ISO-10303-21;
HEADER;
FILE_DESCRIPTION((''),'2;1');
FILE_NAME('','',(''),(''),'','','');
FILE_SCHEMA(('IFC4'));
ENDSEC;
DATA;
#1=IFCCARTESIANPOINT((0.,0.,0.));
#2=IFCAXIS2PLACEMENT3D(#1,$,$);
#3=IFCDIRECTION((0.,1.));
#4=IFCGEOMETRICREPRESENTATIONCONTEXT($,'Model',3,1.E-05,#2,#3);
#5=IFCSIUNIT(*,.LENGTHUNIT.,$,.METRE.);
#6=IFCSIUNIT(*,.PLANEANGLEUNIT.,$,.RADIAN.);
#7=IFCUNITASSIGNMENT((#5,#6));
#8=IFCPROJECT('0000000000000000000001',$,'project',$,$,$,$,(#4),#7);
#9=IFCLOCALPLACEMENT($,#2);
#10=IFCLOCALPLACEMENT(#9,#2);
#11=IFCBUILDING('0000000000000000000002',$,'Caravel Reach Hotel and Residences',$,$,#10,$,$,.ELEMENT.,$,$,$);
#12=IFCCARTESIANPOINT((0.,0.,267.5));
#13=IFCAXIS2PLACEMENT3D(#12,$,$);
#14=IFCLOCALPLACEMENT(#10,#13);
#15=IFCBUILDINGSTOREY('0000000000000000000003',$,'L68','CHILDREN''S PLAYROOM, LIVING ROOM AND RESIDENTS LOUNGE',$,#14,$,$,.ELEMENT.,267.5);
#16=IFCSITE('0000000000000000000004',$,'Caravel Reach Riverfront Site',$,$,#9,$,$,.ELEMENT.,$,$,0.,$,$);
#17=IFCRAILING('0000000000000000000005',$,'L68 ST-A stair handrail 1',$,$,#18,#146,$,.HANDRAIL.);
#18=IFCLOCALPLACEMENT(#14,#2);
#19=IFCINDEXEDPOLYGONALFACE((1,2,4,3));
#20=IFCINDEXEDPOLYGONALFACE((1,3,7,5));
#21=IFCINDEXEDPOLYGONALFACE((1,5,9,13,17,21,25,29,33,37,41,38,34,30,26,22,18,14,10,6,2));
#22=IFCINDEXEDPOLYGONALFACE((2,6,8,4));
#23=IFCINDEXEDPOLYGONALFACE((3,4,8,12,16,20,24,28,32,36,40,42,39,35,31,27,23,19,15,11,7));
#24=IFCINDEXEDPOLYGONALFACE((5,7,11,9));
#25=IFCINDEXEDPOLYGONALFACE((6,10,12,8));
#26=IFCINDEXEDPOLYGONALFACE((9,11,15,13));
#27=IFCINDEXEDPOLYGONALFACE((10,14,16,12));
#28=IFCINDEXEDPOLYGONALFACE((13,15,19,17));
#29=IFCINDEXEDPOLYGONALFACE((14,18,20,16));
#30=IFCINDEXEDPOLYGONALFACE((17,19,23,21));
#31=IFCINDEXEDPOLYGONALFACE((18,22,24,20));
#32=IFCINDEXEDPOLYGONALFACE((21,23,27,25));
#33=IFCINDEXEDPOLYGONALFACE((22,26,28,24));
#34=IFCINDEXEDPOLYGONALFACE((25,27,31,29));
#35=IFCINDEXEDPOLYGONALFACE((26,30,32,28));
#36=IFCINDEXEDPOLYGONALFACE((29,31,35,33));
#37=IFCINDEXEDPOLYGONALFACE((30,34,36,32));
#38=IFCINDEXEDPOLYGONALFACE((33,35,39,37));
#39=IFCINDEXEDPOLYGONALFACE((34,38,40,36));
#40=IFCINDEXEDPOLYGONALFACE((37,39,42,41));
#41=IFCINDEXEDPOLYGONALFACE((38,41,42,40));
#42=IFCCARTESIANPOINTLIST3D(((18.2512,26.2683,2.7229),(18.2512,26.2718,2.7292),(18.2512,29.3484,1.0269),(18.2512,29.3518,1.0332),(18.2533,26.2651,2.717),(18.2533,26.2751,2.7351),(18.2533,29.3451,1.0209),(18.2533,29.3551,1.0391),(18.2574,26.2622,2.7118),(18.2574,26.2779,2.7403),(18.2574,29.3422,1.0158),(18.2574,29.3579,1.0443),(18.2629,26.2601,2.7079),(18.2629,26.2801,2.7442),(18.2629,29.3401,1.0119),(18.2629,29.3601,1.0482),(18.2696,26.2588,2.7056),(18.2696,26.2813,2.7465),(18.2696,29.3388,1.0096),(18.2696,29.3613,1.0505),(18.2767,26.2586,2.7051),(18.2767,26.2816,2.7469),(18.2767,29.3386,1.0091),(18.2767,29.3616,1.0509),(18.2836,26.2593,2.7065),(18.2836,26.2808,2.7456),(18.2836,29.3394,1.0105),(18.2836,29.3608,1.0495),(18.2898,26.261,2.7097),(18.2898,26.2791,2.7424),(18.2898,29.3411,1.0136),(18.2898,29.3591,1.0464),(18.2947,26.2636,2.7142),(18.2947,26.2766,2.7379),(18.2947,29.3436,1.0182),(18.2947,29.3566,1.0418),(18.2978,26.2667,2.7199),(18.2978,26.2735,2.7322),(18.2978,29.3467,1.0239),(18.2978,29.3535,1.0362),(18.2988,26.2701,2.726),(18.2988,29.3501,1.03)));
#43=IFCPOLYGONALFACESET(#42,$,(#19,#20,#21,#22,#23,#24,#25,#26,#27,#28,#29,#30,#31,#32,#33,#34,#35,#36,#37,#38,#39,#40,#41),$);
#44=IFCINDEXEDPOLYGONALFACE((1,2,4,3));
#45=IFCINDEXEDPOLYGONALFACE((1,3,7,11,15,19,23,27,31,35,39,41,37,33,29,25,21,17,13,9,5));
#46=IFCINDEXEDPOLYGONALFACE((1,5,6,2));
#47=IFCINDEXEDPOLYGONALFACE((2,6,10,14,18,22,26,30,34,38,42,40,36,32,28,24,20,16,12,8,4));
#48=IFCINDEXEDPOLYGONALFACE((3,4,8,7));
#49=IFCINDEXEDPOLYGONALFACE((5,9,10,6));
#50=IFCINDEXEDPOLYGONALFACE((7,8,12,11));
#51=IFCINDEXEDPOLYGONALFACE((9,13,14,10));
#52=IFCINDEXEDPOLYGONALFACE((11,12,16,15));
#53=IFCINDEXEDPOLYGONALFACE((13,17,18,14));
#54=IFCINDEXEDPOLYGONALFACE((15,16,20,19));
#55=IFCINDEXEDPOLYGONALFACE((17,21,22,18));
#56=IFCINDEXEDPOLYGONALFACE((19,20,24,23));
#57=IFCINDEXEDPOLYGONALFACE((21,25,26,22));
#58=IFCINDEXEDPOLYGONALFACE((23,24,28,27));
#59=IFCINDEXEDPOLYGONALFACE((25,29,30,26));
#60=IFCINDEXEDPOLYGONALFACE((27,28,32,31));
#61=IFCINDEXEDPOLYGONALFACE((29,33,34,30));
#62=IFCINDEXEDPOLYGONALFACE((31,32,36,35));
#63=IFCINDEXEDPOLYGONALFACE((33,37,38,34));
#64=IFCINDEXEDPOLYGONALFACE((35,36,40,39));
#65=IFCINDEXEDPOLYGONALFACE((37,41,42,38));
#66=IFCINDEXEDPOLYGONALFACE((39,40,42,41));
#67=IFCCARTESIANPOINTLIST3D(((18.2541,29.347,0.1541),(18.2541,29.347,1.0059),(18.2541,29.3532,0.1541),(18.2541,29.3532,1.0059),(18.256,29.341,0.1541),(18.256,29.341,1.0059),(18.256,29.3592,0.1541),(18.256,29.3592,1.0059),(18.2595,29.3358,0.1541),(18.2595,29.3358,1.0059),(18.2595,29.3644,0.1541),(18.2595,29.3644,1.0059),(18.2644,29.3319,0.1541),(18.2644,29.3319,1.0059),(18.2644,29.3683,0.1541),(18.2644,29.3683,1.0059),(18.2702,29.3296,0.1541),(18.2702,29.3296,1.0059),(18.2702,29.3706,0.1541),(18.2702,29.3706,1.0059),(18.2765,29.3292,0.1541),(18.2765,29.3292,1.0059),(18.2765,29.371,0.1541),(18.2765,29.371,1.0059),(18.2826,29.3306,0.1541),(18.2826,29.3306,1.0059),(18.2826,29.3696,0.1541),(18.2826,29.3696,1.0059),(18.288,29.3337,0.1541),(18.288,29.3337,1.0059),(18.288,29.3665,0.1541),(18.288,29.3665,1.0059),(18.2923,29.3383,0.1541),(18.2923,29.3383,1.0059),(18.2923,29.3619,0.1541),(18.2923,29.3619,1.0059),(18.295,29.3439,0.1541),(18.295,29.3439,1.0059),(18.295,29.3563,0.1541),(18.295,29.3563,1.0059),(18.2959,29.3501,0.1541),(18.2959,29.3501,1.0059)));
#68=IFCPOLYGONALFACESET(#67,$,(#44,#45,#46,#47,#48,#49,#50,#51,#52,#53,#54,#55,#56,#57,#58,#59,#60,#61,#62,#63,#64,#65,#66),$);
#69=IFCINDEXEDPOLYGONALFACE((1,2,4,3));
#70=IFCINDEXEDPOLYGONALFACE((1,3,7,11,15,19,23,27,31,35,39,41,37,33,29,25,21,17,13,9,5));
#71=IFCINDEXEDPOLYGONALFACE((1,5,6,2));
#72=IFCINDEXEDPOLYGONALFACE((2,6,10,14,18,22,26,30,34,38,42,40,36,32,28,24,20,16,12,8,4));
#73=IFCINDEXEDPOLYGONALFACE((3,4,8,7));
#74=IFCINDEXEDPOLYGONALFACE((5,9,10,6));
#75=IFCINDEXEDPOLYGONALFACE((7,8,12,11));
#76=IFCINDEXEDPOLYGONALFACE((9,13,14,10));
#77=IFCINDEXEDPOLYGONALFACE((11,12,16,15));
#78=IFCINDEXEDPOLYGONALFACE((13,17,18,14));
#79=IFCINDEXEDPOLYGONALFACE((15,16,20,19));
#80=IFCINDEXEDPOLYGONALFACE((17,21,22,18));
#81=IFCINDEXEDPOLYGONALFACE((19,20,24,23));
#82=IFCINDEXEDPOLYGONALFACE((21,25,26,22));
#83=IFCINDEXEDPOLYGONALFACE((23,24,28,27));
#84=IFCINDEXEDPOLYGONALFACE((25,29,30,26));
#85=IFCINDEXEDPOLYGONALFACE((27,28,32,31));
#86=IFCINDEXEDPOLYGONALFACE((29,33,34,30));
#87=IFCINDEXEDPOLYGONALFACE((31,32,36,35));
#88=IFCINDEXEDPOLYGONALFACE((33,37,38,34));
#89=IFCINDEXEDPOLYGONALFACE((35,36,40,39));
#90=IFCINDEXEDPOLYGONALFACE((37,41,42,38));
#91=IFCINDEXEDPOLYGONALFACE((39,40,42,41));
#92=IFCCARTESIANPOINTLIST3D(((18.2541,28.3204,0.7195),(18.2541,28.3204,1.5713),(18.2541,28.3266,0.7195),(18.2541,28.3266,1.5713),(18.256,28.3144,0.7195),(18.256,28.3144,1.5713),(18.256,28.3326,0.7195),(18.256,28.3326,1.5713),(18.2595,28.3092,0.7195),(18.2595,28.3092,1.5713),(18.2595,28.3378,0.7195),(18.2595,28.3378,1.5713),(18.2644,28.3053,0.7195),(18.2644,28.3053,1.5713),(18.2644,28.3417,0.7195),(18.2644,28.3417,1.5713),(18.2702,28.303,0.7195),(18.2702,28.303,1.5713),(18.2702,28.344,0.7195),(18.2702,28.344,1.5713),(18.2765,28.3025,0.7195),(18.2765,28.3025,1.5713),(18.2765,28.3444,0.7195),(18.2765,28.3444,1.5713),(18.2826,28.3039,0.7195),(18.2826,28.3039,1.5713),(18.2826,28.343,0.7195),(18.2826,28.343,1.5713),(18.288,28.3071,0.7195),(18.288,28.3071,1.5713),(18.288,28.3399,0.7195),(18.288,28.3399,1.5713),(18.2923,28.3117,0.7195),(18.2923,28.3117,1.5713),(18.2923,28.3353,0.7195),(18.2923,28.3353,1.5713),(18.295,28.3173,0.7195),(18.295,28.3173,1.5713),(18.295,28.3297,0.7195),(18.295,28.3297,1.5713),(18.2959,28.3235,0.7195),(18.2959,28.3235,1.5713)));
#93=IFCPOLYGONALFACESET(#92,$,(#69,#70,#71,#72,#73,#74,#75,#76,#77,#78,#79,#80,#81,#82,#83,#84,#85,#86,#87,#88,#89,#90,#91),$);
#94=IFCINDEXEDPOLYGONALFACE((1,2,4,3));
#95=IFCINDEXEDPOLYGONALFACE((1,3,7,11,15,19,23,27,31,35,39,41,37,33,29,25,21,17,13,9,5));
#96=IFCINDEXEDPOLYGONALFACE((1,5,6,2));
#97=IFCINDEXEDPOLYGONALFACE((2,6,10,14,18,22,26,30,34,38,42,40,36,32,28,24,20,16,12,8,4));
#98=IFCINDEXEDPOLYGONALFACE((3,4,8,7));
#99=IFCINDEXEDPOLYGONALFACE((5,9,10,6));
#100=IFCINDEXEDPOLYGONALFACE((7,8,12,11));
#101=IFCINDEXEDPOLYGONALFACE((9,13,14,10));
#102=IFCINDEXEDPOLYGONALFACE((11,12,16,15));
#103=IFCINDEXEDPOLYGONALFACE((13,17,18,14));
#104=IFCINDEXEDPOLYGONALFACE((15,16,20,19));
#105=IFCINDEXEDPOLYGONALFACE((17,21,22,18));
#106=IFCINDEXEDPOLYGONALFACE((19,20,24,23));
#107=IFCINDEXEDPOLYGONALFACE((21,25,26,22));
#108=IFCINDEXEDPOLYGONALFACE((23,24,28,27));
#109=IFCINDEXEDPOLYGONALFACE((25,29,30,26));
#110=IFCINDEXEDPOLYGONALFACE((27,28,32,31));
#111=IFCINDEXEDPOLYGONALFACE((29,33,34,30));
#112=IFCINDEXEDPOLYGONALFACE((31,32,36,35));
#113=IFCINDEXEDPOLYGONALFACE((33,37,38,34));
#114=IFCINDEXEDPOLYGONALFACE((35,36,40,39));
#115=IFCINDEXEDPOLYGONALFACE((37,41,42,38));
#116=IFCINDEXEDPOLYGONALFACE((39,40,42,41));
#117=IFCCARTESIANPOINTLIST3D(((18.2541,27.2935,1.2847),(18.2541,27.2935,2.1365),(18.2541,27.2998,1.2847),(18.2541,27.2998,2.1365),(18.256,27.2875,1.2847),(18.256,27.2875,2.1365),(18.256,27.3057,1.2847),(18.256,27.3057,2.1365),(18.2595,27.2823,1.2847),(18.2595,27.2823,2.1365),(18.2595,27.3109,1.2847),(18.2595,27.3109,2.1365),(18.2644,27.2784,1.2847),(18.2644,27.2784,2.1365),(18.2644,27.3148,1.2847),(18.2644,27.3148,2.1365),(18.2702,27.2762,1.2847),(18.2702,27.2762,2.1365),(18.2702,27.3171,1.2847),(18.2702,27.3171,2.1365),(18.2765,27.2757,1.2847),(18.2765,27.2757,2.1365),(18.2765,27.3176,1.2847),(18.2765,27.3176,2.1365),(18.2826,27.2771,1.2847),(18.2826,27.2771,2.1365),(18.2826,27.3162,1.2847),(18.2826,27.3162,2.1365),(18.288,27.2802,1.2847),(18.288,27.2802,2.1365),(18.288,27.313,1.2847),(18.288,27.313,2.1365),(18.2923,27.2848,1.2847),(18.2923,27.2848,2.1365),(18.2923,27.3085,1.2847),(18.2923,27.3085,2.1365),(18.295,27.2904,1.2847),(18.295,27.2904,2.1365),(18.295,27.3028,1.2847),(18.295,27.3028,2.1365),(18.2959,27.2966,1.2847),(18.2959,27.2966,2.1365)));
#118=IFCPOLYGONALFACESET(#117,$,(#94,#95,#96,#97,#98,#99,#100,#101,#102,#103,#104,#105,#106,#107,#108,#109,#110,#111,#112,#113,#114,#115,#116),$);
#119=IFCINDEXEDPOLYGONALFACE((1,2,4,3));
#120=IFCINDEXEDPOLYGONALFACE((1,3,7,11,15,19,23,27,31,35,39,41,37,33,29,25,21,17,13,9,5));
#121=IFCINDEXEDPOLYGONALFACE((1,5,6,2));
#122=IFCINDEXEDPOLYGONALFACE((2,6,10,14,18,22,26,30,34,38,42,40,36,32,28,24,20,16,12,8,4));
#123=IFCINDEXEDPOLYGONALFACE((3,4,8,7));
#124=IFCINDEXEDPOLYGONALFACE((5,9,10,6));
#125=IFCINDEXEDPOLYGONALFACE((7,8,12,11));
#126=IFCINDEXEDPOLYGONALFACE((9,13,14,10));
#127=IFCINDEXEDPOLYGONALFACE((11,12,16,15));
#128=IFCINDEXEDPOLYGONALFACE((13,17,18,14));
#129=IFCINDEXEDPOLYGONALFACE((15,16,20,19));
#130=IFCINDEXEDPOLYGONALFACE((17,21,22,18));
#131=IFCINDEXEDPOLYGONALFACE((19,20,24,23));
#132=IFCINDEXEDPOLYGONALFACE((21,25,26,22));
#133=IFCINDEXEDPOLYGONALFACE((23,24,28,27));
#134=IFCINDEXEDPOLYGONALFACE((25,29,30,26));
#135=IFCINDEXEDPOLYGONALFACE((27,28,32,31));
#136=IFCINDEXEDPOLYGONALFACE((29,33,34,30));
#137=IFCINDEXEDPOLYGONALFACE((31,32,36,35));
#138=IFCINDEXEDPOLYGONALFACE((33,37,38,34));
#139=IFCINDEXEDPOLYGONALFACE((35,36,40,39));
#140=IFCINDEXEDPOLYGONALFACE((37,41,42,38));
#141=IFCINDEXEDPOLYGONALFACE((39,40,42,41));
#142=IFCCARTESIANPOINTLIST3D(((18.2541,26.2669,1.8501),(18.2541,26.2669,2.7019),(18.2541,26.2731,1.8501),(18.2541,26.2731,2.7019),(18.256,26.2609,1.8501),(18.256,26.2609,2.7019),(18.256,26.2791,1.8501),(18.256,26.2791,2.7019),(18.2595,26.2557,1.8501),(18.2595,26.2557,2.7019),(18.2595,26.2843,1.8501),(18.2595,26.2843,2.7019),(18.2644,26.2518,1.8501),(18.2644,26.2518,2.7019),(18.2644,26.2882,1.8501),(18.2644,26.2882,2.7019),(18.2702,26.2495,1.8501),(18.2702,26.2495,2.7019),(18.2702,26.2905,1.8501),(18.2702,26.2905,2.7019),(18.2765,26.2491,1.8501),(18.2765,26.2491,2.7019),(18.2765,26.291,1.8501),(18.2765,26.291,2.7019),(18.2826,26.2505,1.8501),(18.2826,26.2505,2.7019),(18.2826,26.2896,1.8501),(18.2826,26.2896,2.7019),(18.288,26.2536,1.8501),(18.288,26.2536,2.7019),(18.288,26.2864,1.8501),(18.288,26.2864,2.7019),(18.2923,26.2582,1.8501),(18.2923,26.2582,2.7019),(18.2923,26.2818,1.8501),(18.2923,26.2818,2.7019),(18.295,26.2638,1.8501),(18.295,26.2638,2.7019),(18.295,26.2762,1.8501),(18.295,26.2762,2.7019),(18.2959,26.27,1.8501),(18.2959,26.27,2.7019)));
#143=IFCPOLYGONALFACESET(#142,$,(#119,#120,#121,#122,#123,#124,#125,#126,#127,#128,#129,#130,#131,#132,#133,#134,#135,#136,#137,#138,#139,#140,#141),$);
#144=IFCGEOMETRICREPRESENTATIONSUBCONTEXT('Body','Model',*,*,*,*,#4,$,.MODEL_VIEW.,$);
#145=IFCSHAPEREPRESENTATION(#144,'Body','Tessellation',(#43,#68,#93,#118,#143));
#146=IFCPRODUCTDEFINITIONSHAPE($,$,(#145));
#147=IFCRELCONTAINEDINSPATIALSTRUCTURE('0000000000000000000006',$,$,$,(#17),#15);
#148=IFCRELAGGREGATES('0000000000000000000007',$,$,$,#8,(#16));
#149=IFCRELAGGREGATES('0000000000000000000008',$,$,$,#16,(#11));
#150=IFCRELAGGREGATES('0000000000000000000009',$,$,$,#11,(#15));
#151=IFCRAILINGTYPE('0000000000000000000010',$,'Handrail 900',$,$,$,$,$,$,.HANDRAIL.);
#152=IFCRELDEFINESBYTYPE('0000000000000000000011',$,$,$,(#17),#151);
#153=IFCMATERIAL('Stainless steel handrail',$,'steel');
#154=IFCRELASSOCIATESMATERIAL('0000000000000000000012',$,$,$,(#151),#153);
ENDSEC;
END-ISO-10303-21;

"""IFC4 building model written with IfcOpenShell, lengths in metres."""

from ifc_helpers import new_model, si_unit, direction, frame, origin, origin_2d, place, context, subcontext, project, spatial, circle, extrude, material, type_object, element, save


model = new_model("IFC4")

# Units and contexts
model_context = context("Model", 3, precision=1e-05, world=origin(), true_north=direction((0.0, 1.0)))
body_context = subcontext(model_context, "Body", "Model", "MODEL_VIEW")
ifc_project = project(units=[si_unit("LENGTHUNIT", "METRE"), si_unit("PLANEANGLEUNIT", "RADIAN")], contexts=[model_context])

# Site, building, storey
site_placement = place(None, origin())
site = spatial("IfcSite", under=ifc_project, at=site_placement, Name="Caravel Reach Riverfront Site", CompositionType="ELEMENT", RefElevation=0.0)
building_placement = place(site_placement, origin())
building = spatial("IfcBuilding", under=site, at=building_placement, Name="Caravel Reach Hotel and Residences", CompositionType="ELEMENT")
storey_placement = place(building_placement, frame((0.0, 0.0, 267.5)))
storey = spatial("IfcBuildingStorey", under=building, at=storey_placement, Name="L68", Description="CHILDREN'S PLAYROOM, LIVING ROOM AND RESIDENTS LOUNGE", CompositionType="ELEMENT", Elevation=267.5)

# Railing
ifc_material_1 = material(Name="Stainless steel handrail", Category="steel")
railing_type = type_object("IfcRailingType", Name="Handrail 900", PredefinedType="HANDRAIL", material=ifc_material_1)
railing_placement = place(storey_placement, frame((18.2749, 29.3501, 0.1541)))
element("IfcRailing", 1, at=railing_placement, inside=storey, type_object=railing_type, Name="L68 ST-A stair handrail 1", PredefinedType="HANDRAIL", context=body_context, shape_type="SweptSolid", body=[
    extrude(circle(Radius=0.0239, at=origin_2d()), frame((0.0, 0.0, 0.876), z_axis=(0.0, -0.875975, 0.482356), x_axis=(1.0, 0.0, 0.0)), (0.0, 0.0, 1.0), 3.5161),
    extrude(circle(Radius=0.021, at=origin_2d()), origin(), (0.0, 0.0, 1.0), 0.8518),
    extrude(circle(Radius=0.021, at=origin_2d()), frame((0.0, -1.0266, 0.5654)), (0.0, 0.0, 1.0), 0.8518),
    extrude(circle(Radius=0.021, at=origin_2d()), frame((0.0, -2.0535, 1.1306)), (0.0, 0.0, 1.0), 0.8518),
    extrude(circle(Radius=0.021, at=origin_2d()), frame((0.0, -3.0801, 1.696)), (0.0, 0.0, 1.0), 0.8518),
])

save(model, "model.ifc")
